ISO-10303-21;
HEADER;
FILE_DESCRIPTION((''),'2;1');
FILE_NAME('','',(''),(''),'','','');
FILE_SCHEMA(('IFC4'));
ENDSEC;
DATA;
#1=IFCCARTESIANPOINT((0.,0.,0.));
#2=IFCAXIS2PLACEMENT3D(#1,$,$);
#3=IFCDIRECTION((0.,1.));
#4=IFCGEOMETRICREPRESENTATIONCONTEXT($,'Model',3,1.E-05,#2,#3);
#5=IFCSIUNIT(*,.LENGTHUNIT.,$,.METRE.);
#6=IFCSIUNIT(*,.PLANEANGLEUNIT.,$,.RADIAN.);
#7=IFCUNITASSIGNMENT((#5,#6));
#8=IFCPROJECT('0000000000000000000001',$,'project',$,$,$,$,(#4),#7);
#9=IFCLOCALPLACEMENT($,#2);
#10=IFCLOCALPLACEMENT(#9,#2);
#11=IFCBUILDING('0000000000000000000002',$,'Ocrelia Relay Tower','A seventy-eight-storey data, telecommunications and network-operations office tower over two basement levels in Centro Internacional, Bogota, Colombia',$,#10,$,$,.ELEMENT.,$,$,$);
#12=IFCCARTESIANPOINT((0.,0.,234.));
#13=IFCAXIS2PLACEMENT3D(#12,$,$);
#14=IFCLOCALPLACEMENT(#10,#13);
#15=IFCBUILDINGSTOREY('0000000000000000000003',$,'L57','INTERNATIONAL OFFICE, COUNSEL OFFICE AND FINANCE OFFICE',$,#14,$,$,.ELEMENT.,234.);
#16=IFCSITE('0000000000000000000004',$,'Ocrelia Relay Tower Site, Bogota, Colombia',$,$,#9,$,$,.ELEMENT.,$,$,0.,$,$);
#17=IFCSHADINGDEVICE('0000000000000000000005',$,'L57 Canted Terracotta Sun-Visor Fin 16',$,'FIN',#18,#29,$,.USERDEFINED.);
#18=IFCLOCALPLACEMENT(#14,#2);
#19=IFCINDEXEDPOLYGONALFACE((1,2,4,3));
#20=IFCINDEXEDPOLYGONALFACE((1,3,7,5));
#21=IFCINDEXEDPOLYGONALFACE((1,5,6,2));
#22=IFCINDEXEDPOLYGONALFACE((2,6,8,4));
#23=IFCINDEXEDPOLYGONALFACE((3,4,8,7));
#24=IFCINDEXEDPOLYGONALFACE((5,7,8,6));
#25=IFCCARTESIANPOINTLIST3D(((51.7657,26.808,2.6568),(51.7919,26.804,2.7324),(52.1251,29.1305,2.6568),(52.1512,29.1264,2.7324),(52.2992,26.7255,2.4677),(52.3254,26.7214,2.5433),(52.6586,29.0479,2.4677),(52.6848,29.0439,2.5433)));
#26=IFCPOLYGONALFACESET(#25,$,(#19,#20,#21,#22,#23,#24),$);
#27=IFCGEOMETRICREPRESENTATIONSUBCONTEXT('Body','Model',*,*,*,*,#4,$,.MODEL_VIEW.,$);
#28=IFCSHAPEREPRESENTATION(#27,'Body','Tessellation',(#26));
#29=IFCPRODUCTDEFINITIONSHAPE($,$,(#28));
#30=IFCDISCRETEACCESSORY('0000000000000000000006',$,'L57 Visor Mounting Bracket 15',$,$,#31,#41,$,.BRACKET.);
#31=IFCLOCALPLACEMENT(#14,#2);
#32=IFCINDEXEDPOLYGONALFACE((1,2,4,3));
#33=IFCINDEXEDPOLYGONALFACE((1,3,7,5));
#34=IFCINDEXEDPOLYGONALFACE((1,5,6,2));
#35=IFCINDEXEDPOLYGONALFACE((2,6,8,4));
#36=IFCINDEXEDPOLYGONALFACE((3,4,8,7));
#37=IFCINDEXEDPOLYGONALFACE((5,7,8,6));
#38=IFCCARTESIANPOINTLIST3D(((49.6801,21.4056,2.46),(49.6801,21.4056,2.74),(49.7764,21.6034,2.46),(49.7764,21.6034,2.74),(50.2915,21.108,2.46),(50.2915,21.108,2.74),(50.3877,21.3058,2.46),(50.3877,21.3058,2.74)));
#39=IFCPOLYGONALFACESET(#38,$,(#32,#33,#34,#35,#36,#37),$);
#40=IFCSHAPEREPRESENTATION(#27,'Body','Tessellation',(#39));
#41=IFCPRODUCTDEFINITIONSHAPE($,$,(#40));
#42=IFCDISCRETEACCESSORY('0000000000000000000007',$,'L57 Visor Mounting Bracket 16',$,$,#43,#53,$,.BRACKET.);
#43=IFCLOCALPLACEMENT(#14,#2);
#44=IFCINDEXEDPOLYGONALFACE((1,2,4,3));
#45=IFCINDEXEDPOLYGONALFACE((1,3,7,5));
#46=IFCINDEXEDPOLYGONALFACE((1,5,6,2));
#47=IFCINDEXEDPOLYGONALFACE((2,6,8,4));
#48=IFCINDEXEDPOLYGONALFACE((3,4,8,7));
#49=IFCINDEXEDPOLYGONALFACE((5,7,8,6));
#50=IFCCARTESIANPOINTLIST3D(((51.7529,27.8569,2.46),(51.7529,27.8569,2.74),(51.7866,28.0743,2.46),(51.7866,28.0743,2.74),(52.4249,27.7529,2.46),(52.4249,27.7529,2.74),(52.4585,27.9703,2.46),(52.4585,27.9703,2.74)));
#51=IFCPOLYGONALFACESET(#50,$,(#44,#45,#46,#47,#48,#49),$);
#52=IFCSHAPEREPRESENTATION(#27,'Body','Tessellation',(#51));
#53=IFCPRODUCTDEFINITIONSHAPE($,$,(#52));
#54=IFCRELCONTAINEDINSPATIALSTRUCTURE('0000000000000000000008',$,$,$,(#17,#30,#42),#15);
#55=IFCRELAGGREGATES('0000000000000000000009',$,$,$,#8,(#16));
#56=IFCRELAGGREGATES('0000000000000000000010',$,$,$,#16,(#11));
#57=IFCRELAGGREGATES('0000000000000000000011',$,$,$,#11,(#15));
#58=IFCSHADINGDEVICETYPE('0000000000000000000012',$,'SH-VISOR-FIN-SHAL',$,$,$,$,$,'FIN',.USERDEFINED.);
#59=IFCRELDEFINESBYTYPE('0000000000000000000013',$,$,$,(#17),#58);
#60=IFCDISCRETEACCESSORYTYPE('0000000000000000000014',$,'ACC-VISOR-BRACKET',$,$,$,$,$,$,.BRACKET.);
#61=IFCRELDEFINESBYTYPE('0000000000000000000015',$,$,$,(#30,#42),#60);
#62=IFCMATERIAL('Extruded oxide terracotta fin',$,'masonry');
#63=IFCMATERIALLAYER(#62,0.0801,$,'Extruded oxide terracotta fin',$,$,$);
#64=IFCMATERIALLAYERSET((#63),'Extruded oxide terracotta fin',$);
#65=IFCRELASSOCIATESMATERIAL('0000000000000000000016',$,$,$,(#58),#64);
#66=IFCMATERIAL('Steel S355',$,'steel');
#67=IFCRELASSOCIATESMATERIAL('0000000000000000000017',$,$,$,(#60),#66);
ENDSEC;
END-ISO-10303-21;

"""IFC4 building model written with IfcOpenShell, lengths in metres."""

from ifc_helpers import new_model, si_unit, direction, frame, origin, origin_2d, place, context, subcontext, project, spatial, rectangle, extrude, material, layer, layer_set, type_object, element, save


model = new_model("IFC4")

# Units and contexts
model_context = context("Model", 3, precision=1e-05, world=origin(), true_north=direction((0.0, 1.0)))
body_context = subcontext(model_context, "Body", "Model", "MODEL_VIEW")
ifc_project = project(units=[si_unit("LENGTHUNIT", "METRE"), si_unit("PLANEANGLEUNIT", "RADIAN")], contexts=[model_context])

# Site, building, storey
site_placement = place(None, origin())
site = spatial("IfcSite", under=ifc_project, at=site_placement, Name="Ocrelia Relay Tower Site, Bogota, Colombia", CompositionType="ELEMENT", RefElevation=0.0)
building_placement = place(site_placement, origin())
building = spatial("IfcBuilding", under=site, at=building_placement, Name="Ocrelia Relay Tower", Description="A seventy-eight-storey data, telecommunications and network-operations office tower over two basement levels in Centro Internacional, Bogota, Colombia", CompositionType="ELEMENT")
storey_placement = place(building_placement, frame((0.0, 0.0, 234.0)))
storey = spatial("IfcBuildingStorey", under=building, at=storey_placement, Name="L57", Description="INTERNATIONAL OFFICE, COUNSEL OFFICE AND FINANCE OFFICE", CompositionType="ELEMENT", Elevation=234.0)

# Shared definitions
ifc_material_1 = material(Name="Steel S355", Category="steel")

# Shading device
ifc_material_2 = material(Name="Extruded oxide terracotta fin", Category="masonry")
ifc_layer_1 = layer(ifc_material_2, 0.0801, Name="Extruded oxide terracotta fin")
ifc_layer_set_1 = layer_set([ifc_layer_1], Name="Extruded oxide terracotta fin")
shading_device_type_1 = type_object("IfcShadingDeviceType", Name="SH-VISOR-FIN-SHAL", ElementType="FIN", PredefinedType="USERDEFINED", material=ifc_layer_set_1)
shading_device_1_placement = place(storey_placement, frame((52.2122, 27.928, 2.5623), z_axis=(0.326627, -0.050543, 0.943801), x_axis=(0.152922, 0.988238, 0.0)))
element("IfcShadingDevice", 1, at=shading_device_1_placement, inside=storey, type_object=shading_device_type_1, Name="L57 Canted Terracotta Sun-Visor Fin 16", ObjectType="FIN", PredefinedType="USERDEFINED", context=body_context, shape_type="SweptSolid", body=[
    extrude(rectangle(XDim=2.3501, YDim=0.572, at=origin_2d()), origin(), (0.0, 0.0, 1.0), 0.0801),
])

# Discrete accessories
discrete_accessory_type = type_object("IfcDiscreteAccessoryType", Name="ACC-VISOR-BRACKET", PredefinedType="BRACKET", material=ifc_material_1)
for number, where, z_axis, x_axis, name in (
    (2, (50.0339, 21.3557, 2.46), (0.0, 0.0, 1.0), (0.437727, 0.899108, 0.0), "L57 Visor Mounting Bracket 15"),
    (3, (52.1057, 27.9136, 2.46), (0.0, 0.0, 1.0), (0.152922, 0.988238, 0.0), "L57 Visor Mounting Bracket 16"),
):
    element("IfcDiscreteAccessory", number, at=place(storey_placement, frame(where, z_axis=z_axis, x_axis=x_axis)), inside=storey, type_object=discrete_accessory_type, Name=name, PredefinedType="BRACKET", context=body_context, shape_type="SweptSolid", body=[
        extrude(rectangle(XDim=0.22, YDim=0.6799, at=origin_2d()), origin(), (0.0, 0.0, 1.0), 0.28),
    ])

save(model, "model.ifc")
